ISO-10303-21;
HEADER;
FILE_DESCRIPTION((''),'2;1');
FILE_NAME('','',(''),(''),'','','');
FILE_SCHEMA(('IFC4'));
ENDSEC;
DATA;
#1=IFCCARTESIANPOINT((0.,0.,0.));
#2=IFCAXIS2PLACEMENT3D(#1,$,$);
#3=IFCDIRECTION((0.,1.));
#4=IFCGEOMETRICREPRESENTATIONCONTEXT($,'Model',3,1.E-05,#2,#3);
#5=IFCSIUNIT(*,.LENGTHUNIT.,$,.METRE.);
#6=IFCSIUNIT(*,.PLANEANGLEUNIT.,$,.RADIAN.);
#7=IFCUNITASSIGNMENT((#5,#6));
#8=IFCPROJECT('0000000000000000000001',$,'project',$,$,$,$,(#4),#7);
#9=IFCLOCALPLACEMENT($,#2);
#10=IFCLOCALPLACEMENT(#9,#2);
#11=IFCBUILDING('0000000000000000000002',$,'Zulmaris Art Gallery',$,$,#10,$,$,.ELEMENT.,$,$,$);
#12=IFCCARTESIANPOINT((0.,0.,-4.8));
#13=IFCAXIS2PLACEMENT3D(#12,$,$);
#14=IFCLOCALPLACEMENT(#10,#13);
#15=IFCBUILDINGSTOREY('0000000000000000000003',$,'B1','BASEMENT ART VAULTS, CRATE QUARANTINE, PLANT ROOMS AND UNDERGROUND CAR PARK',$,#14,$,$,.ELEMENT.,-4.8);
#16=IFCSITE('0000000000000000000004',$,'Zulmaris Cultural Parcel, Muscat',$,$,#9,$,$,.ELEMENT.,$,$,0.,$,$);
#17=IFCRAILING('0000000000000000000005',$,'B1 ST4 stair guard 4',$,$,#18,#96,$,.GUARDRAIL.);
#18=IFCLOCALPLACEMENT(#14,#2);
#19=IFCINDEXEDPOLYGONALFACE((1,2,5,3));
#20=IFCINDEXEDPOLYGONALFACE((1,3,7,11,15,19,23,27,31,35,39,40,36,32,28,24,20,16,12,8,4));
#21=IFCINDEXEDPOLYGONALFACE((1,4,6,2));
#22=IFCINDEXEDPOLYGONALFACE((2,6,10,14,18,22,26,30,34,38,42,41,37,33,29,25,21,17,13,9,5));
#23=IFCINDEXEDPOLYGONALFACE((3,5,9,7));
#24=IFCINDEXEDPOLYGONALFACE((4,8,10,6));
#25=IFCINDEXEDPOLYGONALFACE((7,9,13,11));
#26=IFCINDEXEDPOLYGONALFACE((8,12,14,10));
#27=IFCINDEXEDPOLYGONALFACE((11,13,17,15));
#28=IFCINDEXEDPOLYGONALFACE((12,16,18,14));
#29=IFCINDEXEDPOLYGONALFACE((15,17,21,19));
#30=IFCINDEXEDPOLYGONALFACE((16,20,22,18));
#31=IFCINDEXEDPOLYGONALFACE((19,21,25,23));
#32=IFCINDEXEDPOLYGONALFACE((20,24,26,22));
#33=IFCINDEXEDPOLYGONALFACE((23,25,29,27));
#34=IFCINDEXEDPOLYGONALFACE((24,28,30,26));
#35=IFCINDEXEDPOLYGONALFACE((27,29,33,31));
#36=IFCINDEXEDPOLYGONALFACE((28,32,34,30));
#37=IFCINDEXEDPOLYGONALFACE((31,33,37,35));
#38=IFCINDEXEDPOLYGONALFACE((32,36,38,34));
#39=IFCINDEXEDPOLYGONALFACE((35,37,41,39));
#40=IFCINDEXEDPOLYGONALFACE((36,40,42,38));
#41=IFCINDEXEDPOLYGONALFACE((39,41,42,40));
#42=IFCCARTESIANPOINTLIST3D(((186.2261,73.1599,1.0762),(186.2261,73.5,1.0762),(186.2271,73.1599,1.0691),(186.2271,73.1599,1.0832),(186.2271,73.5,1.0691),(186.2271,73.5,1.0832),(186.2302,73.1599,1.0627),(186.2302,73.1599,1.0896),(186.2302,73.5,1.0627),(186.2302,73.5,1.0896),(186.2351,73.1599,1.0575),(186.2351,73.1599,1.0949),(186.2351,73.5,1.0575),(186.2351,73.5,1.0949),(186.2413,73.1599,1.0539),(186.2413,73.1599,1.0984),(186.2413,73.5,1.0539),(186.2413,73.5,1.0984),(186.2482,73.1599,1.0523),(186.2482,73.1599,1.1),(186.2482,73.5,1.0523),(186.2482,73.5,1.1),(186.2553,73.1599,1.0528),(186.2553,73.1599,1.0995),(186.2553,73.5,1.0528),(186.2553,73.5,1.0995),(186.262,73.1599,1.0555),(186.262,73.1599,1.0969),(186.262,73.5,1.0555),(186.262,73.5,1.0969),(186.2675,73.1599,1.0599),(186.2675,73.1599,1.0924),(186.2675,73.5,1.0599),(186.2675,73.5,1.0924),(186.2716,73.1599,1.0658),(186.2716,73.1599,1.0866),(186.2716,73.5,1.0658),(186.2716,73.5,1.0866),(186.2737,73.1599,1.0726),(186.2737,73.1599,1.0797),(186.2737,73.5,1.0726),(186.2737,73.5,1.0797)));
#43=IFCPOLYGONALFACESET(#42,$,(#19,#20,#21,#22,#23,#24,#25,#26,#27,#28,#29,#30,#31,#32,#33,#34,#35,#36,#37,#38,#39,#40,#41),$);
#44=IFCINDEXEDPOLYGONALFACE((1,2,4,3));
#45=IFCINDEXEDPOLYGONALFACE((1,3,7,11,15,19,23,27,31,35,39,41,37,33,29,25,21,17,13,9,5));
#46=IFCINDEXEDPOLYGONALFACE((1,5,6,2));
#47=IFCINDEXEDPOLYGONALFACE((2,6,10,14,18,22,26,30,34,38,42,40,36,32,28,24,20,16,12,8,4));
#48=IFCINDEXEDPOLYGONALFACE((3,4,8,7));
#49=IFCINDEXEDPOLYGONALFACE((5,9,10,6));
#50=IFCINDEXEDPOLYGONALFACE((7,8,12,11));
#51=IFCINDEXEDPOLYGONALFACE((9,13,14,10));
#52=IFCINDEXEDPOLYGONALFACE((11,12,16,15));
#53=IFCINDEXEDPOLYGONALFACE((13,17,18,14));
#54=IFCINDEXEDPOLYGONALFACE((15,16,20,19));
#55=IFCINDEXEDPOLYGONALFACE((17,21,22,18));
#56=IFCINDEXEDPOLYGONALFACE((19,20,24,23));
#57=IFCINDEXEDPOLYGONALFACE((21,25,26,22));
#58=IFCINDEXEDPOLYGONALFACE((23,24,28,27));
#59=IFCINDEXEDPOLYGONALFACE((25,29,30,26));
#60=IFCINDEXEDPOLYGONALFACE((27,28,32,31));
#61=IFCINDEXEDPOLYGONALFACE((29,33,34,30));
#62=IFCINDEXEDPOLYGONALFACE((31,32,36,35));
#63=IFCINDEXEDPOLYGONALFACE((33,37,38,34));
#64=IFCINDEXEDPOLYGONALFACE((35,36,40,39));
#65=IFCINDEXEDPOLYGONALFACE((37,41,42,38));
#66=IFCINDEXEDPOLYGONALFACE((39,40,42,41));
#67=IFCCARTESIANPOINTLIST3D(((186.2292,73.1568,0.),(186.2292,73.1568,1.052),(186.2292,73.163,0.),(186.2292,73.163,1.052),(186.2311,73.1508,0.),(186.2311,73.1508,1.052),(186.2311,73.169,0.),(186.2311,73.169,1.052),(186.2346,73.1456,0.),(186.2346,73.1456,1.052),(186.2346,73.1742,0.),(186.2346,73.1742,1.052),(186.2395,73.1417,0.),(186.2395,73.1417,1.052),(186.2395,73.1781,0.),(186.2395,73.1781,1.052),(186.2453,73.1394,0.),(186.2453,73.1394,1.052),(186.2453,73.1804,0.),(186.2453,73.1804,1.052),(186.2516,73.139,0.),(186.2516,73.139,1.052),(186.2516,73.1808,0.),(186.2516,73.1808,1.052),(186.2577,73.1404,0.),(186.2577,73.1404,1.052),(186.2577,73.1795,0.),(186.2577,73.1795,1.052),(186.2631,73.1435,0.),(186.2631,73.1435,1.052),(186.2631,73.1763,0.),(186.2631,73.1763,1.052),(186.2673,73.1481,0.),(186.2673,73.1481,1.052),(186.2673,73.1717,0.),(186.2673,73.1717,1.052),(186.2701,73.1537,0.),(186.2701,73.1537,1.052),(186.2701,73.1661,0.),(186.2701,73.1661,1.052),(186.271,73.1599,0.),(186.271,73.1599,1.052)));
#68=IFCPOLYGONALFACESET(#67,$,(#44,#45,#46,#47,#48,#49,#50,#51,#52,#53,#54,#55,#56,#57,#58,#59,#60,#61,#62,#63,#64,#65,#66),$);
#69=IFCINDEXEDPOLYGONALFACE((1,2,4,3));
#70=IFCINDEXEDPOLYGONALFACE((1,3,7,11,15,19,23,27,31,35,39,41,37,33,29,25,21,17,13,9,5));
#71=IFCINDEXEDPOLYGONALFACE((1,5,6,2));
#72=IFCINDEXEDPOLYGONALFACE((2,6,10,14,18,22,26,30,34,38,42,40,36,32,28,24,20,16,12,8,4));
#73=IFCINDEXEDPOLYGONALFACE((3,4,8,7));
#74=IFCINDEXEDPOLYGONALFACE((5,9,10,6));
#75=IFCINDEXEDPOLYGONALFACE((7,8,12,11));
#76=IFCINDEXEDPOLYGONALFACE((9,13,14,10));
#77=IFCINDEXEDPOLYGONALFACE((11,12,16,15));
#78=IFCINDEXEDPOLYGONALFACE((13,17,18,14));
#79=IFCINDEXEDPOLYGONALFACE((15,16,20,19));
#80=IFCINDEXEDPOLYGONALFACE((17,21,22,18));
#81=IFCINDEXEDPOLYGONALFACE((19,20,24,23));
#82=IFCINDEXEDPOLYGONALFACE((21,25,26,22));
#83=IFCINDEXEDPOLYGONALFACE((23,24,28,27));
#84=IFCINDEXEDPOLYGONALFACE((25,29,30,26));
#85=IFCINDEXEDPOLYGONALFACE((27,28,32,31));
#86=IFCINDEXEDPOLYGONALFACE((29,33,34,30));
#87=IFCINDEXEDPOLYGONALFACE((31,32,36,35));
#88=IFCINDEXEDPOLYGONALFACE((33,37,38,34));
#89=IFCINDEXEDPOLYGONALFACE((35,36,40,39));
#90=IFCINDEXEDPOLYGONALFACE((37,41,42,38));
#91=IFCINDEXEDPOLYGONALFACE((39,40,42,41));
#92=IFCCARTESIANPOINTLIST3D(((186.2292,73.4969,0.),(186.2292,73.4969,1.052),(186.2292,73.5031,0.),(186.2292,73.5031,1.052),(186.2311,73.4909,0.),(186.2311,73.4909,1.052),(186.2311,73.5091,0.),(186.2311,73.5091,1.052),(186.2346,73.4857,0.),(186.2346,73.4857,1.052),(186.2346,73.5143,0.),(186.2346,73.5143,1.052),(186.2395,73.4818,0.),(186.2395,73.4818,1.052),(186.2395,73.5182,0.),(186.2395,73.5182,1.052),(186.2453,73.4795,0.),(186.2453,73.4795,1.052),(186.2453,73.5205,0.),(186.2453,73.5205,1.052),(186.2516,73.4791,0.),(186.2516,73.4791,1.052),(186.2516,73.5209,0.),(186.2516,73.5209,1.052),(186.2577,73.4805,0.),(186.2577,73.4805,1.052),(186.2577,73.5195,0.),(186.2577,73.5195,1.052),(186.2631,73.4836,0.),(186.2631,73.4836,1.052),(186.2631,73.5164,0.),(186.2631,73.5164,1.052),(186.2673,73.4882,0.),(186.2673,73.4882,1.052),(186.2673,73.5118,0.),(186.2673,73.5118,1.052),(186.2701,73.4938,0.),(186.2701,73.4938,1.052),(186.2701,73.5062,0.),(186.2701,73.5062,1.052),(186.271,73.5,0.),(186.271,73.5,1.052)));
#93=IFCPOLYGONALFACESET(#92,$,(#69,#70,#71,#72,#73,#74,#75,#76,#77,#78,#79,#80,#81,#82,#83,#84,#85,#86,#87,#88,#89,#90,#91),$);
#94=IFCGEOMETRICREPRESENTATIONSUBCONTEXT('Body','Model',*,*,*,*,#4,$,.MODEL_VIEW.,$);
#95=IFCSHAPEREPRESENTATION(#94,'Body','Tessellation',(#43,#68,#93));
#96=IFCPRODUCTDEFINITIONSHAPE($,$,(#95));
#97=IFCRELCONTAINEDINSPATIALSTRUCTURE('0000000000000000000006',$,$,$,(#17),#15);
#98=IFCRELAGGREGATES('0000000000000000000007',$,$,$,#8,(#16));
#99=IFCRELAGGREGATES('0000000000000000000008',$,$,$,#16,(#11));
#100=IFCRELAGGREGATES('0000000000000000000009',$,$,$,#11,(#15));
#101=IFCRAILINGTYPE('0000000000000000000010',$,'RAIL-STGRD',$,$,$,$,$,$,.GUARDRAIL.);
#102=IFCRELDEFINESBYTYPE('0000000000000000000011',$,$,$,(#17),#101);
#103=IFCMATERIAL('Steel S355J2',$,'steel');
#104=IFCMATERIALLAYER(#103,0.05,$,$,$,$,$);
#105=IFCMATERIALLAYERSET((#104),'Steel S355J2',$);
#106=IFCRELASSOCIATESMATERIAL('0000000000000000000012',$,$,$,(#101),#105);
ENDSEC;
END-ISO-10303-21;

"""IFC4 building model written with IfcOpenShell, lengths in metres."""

from ifc_helpers import new_model, si_unit, direction, frame, origin, origin_2d, place, context, subcontext, project, spatial, circle, extrude, material, layer, layer_set, type_object, element, save


model = new_model("IFC4")

# Units and contexts
model_context = context("Model", 3, precision=1e-05, world=origin(), true_north=direction((0.0, 1.0)))
body_context = subcontext(model_context, "Body", "Model", "MODEL_VIEW")
ifc_project = project(units=[si_unit("LENGTHUNIT", "METRE"), si_unit("PLANEANGLEUNIT", "RADIAN")], contexts=[model_context])

# Site, building, storey
site_placement = place(None, origin())
site = spatial("IfcSite", under=ifc_project, at=site_placement, Name="Zulmaris Cultural Parcel, Muscat", CompositionType="ELEMENT", RefElevation=0.0)
building_placement = place(site_placement, origin())
building = spatial("IfcBuilding", under=site, at=building_placement, Name="Zulmaris Art Gallery", CompositionType="ELEMENT")
storey_placement = place(building_placement, frame((0.0, 0.0, -4.8)))
storey = spatial("IfcBuildingStorey", under=building, at=storey_placement, Name="B1", Description="BASEMENT ART VAULTS, CRATE QUARANTINE, PLANT ROOMS AND UNDERGROUND CAR PARK", CompositionType="ELEMENT", Elevation=-4.8)

# Railing
ifc_material_1 = material(Name="Steel S355J2", Category="steel")
ifc_layer_1 = layer(ifc_material_1, 0.05)
ifc_layer_set_1 = layer_set([ifc_layer_1], Name="Steel S355J2")
railing_type_1 = type_object("IfcRailingType", Name="RAIL-STGRD", PredefinedType="GUARDRAIL", material=ifc_layer_set_1)
railing_1_placement = place(storey_placement, frame((186.25, 73.1599, 0.0)))
element("IfcRailing", 1, at=railing_1_placement, inside=storey, type_object=railing_type_1, Name="B1 ST4 stair guard 4", PredefinedType="GUARDRAIL", context=body_context, shape_type="SweptSolid", body=[
    extrude(circle(Radius=0.0239, at=origin_2d()), frame((0.0, 0.0, 1.0762), z_axis=(0.0, 1.0, 0.0), x_axis=(-1.0, 0.0, 0.0)), (0.0, 0.0, 1.0), 0.3401),
    extrude(circle(Radius=0.021, at=origin_2d()), origin(), (0.0, 0.0, 1.0), 1.052),
    extrude(circle(Radius=0.021, at=origin_2d()), frame((0.0, 0.3401, 0.0)), (0.0, 0.0, 1.0), 1.052),
])

save(model, "model.ifc")
